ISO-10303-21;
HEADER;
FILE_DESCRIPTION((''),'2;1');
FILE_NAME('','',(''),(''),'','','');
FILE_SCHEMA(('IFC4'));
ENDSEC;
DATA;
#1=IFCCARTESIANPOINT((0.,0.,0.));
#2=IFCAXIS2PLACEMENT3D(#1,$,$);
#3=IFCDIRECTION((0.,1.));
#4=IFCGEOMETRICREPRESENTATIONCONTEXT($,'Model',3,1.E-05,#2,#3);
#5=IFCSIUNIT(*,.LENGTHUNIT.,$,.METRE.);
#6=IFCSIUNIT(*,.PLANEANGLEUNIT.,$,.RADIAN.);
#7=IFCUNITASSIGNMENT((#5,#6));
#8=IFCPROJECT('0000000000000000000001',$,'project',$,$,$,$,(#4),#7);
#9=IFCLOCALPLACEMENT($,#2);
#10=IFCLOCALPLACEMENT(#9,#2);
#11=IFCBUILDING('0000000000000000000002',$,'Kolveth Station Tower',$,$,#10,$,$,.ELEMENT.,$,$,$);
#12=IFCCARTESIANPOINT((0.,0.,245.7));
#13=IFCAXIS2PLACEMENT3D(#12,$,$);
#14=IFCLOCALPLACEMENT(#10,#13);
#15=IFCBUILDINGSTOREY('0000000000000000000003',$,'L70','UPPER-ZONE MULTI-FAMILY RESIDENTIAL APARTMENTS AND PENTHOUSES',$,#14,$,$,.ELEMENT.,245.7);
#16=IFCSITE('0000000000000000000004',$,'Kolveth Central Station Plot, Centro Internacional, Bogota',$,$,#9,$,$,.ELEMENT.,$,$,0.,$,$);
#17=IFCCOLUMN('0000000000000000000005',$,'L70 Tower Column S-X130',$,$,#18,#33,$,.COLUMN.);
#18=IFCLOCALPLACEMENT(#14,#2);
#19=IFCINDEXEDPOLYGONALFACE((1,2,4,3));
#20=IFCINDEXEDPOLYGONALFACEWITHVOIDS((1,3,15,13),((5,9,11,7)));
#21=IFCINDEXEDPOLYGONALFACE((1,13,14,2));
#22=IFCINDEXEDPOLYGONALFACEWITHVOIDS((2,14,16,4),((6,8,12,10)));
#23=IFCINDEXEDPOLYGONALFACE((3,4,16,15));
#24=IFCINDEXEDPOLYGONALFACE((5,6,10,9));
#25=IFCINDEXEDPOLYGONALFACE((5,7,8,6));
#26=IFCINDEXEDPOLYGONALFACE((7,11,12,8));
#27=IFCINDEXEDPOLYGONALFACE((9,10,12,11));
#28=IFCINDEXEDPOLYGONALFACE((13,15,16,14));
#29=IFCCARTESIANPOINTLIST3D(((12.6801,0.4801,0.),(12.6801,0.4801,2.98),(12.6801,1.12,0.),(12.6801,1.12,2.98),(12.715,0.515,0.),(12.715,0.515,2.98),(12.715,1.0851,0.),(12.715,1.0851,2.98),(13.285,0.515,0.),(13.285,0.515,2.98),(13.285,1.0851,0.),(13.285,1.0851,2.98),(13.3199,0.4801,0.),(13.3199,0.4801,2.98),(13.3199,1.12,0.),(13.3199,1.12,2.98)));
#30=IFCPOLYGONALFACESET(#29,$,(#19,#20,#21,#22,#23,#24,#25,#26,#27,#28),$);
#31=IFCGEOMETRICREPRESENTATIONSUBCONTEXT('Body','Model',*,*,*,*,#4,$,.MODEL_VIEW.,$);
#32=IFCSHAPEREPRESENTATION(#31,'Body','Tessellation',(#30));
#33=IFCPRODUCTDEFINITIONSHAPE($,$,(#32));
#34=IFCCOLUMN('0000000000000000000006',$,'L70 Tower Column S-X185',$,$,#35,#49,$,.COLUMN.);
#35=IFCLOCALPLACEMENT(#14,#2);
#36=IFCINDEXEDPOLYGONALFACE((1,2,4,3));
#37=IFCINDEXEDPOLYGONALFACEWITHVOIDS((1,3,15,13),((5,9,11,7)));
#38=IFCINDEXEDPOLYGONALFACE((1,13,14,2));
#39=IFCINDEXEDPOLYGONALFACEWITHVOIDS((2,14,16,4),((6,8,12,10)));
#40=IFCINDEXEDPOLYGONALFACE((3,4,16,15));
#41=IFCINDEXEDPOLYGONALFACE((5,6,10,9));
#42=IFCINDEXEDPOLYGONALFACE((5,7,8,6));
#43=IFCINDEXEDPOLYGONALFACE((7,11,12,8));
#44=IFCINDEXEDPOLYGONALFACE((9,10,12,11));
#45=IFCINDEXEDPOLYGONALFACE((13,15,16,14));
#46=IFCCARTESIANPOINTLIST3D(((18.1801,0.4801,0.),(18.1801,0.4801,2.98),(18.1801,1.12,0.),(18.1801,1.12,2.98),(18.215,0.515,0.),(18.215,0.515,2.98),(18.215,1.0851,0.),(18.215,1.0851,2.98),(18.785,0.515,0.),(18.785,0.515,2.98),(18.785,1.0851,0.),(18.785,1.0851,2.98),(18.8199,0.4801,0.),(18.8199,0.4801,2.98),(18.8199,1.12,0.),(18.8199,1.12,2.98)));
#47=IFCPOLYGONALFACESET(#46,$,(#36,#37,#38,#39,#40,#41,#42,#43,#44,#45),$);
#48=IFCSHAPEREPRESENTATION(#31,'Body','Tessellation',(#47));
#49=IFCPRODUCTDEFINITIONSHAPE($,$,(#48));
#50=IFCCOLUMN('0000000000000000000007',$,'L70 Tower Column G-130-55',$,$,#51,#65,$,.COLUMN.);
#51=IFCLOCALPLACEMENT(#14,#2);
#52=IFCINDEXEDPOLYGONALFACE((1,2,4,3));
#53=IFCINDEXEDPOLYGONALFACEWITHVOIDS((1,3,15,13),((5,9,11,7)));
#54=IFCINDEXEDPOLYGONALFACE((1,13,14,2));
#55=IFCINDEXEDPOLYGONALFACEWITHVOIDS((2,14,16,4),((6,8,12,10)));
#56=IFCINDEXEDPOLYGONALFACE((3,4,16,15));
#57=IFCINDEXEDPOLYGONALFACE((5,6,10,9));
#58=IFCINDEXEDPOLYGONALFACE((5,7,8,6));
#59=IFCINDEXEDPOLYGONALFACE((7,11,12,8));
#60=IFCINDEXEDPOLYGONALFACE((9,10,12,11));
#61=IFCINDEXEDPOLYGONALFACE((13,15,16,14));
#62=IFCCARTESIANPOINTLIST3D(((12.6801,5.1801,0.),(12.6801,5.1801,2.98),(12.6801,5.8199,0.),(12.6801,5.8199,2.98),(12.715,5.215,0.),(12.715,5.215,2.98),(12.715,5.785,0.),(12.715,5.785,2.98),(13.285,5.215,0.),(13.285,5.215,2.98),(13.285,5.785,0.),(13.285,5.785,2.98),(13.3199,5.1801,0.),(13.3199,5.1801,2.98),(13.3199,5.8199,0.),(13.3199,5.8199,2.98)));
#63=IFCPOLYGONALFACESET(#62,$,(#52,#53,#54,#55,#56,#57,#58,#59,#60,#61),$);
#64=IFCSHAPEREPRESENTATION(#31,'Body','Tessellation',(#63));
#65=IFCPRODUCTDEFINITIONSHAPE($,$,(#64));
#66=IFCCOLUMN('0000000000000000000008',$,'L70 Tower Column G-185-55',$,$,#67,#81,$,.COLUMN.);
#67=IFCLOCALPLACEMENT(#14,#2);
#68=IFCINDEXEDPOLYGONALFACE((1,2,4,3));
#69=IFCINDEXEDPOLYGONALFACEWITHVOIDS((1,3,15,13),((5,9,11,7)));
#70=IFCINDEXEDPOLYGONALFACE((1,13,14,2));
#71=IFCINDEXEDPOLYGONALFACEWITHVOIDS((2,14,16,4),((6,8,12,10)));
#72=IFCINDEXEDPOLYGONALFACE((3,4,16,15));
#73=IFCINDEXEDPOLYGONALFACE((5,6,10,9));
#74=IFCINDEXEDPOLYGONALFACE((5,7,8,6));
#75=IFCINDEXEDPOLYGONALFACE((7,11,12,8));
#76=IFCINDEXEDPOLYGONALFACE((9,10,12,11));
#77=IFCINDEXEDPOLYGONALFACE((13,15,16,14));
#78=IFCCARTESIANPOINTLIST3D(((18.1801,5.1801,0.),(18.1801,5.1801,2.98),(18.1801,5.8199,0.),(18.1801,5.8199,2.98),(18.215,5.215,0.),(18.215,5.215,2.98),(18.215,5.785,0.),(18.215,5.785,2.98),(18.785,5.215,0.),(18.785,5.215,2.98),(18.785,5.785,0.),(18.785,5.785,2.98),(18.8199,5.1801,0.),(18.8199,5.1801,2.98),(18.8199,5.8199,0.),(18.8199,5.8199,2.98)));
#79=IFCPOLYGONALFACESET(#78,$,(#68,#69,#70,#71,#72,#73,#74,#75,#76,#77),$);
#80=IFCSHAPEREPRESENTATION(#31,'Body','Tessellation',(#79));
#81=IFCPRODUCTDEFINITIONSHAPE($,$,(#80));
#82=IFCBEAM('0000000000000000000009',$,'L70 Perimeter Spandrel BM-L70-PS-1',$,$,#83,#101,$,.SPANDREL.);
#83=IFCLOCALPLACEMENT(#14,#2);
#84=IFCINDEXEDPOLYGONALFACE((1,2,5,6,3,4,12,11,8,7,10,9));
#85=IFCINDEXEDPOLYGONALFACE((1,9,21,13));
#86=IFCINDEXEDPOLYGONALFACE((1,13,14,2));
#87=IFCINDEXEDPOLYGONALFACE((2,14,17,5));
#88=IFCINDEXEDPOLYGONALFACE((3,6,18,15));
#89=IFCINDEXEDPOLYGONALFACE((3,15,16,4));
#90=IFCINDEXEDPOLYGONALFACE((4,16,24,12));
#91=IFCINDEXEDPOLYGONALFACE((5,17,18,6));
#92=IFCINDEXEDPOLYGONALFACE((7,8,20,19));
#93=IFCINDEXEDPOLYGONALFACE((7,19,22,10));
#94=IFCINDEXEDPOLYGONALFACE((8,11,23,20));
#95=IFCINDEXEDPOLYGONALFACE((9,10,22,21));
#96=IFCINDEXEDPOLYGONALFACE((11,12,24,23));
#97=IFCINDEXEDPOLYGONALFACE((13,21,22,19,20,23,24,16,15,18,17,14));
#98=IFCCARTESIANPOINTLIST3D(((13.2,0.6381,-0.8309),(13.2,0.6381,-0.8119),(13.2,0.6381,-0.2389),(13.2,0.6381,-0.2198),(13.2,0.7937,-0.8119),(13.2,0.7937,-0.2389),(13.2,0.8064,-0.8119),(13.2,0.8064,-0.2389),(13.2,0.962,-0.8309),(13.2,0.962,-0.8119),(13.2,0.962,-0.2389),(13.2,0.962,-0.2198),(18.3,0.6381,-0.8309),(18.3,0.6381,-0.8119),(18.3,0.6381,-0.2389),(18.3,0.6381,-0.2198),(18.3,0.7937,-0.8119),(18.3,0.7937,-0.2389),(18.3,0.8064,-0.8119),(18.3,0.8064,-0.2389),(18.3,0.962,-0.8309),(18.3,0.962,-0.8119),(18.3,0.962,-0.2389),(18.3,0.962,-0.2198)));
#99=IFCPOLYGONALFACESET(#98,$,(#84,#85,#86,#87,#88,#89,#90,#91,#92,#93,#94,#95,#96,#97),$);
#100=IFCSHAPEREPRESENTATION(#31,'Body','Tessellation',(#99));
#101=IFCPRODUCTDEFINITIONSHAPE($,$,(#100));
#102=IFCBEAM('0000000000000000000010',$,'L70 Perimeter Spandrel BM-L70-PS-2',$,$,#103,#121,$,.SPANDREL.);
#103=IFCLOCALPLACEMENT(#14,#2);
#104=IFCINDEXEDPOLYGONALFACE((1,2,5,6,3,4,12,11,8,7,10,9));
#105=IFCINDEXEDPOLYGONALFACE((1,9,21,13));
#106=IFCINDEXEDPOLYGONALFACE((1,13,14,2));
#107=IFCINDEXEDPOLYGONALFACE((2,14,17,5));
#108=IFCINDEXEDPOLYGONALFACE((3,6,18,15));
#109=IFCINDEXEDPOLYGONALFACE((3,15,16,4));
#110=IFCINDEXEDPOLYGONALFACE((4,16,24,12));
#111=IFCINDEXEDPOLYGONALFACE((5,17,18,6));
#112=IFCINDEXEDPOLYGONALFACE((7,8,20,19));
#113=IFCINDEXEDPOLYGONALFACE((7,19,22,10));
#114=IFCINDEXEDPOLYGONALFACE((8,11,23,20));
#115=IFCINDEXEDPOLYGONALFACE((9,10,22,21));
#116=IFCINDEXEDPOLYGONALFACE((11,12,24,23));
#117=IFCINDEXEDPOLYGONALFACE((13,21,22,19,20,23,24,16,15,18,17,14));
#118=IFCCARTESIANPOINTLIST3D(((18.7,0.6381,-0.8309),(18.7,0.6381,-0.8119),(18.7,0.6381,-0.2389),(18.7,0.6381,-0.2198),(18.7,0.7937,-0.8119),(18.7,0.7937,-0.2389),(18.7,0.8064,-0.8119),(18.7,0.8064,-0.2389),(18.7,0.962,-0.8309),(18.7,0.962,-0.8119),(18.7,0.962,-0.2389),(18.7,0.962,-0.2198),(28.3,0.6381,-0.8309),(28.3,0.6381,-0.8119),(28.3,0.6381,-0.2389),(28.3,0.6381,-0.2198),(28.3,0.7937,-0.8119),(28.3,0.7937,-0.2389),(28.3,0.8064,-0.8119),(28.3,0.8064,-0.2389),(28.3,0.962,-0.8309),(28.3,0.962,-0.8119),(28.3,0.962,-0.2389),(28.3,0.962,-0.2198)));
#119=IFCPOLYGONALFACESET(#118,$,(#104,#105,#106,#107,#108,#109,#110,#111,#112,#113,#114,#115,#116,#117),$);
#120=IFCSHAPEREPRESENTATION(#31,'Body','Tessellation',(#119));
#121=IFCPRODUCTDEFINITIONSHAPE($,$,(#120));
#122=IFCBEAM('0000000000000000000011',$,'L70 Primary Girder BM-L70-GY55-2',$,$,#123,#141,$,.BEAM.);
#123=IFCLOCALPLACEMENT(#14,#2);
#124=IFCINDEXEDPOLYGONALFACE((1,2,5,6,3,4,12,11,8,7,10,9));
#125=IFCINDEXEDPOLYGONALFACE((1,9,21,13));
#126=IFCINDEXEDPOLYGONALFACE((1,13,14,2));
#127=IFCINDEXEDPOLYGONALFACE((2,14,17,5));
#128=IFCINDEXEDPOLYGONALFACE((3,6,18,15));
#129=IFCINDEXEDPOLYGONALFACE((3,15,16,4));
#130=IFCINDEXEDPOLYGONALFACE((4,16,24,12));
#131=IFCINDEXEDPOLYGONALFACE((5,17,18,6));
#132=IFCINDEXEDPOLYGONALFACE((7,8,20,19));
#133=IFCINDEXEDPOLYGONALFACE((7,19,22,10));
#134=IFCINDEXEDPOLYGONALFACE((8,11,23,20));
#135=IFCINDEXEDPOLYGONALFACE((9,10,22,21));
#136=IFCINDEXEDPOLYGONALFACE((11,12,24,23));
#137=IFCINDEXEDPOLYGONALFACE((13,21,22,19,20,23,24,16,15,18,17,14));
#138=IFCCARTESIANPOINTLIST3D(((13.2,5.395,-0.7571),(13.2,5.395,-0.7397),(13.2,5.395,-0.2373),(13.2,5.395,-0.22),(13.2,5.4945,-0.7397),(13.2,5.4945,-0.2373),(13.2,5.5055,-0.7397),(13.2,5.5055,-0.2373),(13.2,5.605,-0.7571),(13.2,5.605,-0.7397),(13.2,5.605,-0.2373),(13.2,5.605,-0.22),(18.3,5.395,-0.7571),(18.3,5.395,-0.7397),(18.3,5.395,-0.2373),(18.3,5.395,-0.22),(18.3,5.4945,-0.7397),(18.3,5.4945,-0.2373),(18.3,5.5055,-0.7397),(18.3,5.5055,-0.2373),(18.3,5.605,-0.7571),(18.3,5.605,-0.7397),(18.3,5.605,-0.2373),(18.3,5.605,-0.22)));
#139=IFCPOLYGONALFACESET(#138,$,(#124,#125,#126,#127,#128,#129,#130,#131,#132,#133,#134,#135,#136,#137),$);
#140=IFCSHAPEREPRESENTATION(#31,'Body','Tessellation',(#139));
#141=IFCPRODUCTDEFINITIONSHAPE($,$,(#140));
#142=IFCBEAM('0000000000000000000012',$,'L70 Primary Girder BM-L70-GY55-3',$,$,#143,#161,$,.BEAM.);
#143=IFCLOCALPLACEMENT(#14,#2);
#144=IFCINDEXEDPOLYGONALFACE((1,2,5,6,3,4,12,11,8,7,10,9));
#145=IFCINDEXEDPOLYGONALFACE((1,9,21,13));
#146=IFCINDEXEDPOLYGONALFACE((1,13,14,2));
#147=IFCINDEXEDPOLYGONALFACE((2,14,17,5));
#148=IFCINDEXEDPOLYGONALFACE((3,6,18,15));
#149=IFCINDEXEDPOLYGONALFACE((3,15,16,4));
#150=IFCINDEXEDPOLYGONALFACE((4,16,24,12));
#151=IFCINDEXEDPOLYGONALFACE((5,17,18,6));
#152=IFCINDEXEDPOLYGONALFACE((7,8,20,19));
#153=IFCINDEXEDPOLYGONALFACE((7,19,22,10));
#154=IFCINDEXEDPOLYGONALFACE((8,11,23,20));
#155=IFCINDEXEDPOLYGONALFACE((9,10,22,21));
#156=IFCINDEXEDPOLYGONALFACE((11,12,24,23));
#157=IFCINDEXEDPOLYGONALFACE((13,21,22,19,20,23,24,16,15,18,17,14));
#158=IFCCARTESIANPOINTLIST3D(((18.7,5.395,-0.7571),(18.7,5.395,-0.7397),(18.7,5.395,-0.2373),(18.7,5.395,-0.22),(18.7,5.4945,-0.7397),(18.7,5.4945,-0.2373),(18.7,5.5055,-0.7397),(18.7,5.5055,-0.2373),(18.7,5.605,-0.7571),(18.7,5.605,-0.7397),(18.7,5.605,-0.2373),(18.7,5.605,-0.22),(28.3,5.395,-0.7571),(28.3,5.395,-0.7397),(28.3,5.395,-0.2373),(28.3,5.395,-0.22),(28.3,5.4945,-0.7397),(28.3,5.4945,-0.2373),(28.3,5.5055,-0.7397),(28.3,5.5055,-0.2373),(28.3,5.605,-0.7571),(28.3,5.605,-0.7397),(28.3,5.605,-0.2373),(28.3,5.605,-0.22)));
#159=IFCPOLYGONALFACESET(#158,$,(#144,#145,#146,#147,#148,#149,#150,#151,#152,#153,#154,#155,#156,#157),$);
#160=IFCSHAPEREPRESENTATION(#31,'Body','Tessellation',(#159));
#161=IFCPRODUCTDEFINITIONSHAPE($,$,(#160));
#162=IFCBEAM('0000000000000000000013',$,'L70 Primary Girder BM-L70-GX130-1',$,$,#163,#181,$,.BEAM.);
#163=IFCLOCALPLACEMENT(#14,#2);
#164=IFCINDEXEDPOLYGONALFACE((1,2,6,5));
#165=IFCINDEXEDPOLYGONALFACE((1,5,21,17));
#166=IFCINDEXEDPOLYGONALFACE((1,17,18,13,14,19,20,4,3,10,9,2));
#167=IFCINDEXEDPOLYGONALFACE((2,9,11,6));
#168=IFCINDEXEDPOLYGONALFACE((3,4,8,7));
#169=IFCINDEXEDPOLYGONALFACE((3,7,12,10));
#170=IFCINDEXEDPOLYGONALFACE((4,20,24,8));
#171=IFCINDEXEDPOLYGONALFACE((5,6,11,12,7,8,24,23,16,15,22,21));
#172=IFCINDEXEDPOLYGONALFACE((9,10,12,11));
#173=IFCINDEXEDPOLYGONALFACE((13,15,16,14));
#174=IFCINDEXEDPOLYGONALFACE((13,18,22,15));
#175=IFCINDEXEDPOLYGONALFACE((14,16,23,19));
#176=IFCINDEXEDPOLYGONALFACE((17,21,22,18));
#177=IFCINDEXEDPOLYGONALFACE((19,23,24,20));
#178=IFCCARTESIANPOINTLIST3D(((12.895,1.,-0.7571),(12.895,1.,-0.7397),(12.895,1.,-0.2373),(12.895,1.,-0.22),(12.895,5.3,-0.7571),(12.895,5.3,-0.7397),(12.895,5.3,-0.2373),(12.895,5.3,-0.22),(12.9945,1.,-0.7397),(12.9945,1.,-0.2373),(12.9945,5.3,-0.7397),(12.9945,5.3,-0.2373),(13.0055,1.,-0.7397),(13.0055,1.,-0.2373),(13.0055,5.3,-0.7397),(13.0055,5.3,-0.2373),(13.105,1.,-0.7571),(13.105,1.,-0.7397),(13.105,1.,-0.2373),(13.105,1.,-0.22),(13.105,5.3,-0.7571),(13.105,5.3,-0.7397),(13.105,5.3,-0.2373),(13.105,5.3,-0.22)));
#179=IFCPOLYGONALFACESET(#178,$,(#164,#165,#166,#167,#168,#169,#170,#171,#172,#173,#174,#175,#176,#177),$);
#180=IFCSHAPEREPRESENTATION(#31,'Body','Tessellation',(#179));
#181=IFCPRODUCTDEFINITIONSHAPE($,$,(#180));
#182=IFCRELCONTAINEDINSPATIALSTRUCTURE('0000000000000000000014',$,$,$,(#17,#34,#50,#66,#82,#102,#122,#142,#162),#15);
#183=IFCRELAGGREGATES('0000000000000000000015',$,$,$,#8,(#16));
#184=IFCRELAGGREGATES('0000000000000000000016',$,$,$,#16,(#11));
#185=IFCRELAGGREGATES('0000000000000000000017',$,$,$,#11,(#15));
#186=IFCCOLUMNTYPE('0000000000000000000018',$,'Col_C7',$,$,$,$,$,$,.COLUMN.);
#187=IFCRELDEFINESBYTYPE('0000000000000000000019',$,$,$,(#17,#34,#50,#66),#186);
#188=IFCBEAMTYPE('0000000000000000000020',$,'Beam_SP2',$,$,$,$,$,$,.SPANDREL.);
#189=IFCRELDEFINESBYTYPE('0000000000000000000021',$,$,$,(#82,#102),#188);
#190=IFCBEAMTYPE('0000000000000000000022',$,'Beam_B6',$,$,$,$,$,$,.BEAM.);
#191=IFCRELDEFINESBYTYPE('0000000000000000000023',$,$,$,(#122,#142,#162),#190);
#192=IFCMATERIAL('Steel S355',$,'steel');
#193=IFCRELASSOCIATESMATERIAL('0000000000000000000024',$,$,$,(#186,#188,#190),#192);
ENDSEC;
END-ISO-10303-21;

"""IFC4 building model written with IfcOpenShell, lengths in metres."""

from ifc_helpers import new_model, si_unit, direction, frame, origin, origin_2d, place, context, subcontext, project, spatial, hollow_rectangle, i_section, extrude, source, transform, mapped, material, material_profile, profile_set, type_object, element, save


model = new_model("IFC4")

# Units and contexts
model_context = context("Model", 3, precision=1e-05, world=origin(), true_north=direction((0.0, 1.0)))
body_context = subcontext(model_context, "Body", "Model", "MODEL_VIEW")
ifc_project = project(units=[si_unit("LENGTHUNIT", "METRE"), si_unit("PLANEANGLEUNIT", "RADIAN")], contexts=[model_context])

# Site, building, storey
site_placement = place(None, origin())
site = spatial("IfcSite", under=ifc_project, at=site_placement, Name="Kolveth Central Station Plot, Centro Internacional, Bogota", CompositionType="ELEMENT", RefElevation=0.0)
building_placement = place(site_placement, origin())
building = spatial("IfcBuilding", under=site, at=building_placement, Name="Kolveth Station Tower", CompositionType="ELEMENT")
storey_placement = place(building_placement, frame((0.0, 0.0, 245.7)))
storey = spatial("IfcBuildingStorey", under=building, at=storey_placement, Name="L70", Description="UPPER-ZONE MULTI-FAMILY RESIDENTIAL APARTMENTS AND PENTHOUSES", CompositionType="ELEMENT", Elevation=245.7)

# Columns
ifc_material_1 = material(Name="Steel S355", Category="steel")
ifc_material_profile_1 = material_profile(ifc_material_1, hollow_rectangle(XDim=0.6399, YDim=0.6399, WallThickness=0.0349, at=origin_2d()), Name="BOX640x640x35")
ifc_profile_set_1 = profile_set([ifc_material_profile_1], Name="Steel S355")
column_type = type_object("IfcColumnType", Name="Col_C7", PredefinedType="COLUMN", material=ifc_profile_set_1)
shared_shape_1 = source(origin(), body_context, "Body", "SweptSolid", [
    extrude(hollow_rectangle(XDim=0.6399, YDim=0.6399, WallThickness=0.0349, at=origin_2d()), origin(), (0.0, 0.0, 1.0), 2.98),
])
for number, where, z_axis, x_axis, name in (
    (1, (13.0, 0.8, 0.0), (0.0, 0.0, 1.0), (1.0, 0.0, 0.0), "L70 Tower Column S-X130"),
    (2, (18.5, 0.8, 0.0), (0.0, 0.0, 1.0), (1.0, 0.0, 0.0), "L70 Tower Column S-X185"),
    (3, (13.0, 5.5, 0.0), (0.0, 0.0, 1.0), (1.0, 0.0, 0.0), "L70 Tower Column G-130-55"),
    (4, (18.5, 5.5, 0.0), (0.0, 0.0, 1.0), (1.0, 0.0, 0.0), "L70 Tower Column G-185-55"),
):
    element("IfcColumn", number, at=place(storey_placement, frame(where, z_axis=z_axis, x_axis=x_axis)), inside=storey, type_object=column_type, Name=name, PredefinedType="COLUMN", context=body_context, shape_type="MappedRepresentation", body=[
        mapped(shared_shape_1, transform((0.0, 0.0, 0.0), x_axis=(1.0, 0.0, 0.0), y_axis=(0.0, 1.0, 0.0), z_axis=(0.0, 0.0, 1.0), scale=1.0)),
    ])

# Beams
ifc_material_profile_2 = material_profile(ifc_material_1, i_section(OverallWidth=0.324, OverallDepth=0.6111, WebThickness=0.0127, FlangeThickness=0.019, at=origin_2d()), Name="W610x155")
ifc_profile_set_2 = profile_set([ifc_material_profile_2], Name="Steel S355")
beam_type_1 = type_object("IfcBeamType", Name="Beam_SP2", PredefinedType="SPANDREL", material=ifc_profile_set_2)
shared_shape_2 = source(origin(), body_context, "Body", "SweptSolid", [
    extrude(i_section(OverallWidth=0.324, OverallDepth=0.6111, WebThickness=0.0127, FlangeThickness=0.019, at=origin_2d()), origin(), (0.0, 0.0, 1.0), 5.1001),
])
beam_1_placement = place(storey_placement, frame((13.2, 0.8, -0.5254), z_axis=(1.0, 0.0, 0.0), x_axis=(0.0, 1.0, 0.0)))
element("IfcBeam", 5, at=beam_1_placement, inside=storey, type_object=beam_type_1, Name="L70 Perimeter Spandrel BM-L70-PS-1", PredefinedType="SPANDREL", context=body_context, shape_type="MappedRepresentation", body=[
    mapped(shared_shape_2, transform((0.0, 0.0, 0.0), x_axis=(1.0, 0.0, 0.0), y_axis=(0.0, 1.0, 0.0), z_axis=(0.0, 0.0, 1.0), scale=1.0)),
])
shared_shape_3 = source(origin(), body_context, "Body", "SweptSolid", [
    extrude(i_section(OverallWidth=0.324, OverallDepth=0.6111, WebThickness=0.0127, FlangeThickness=0.019, at=origin_2d()), origin(), (0.0, 0.0, 1.0), 9.6001),
])
beam_2_placement = place(storey_placement, frame((18.7, 0.8, -0.5254), z_axis=(1.0, 0.0, 0.0), x_axis=(0.0, 1.0, 0.0)))
element("IfcBeam", 6, at=beam_2_placement, inside=storey, type_object=beam_type_1, Name="L70 Perimeter Spandrel BM-L70-PS-2", PredefinedType="SPANDREL", context=body_context, shape_type="MappedRepresentation", body=[
    mapped(shared_shape_3, transform((0.0, 0.0, 0.0), x_axis=(1.0, 0.0, 0.0), y_axis=(0.0, 1.0, 0.0), z_axis=(0.0, 0.0, 1.0), scale=1.0)),
])
ifc_material_profile_3 = material_profile(ifc_material_1, i_section(OverallWidth=0.21, OverallDepth=0.5371, WebThickness=0.011, FlangeThickness=0.0173, at=origin_2d()), Name="W530x101")
ifc_profile_set_3 = profile_set([ifc_material_profile_3], Name="Steel S355")
beam_type_2 = type_object("IfcBeamType", Name="Beam_B6", PredefinedType="BEAM", material=ifc_profile_set_3)
shared_shape_4 = source(origin(), body_context, "Body", "SweptSolid", [
    extrude(i_section(OverallWidth=0.21, OverallDepth=0.5371, WebThickness=0.011, FlangeThickness=0.0173, at=origin_2d()), origin(), (0.0, 0.0, 1.0), 5.1001),
])
beam_3_placement = place(storey_placement, frame((13.2, 5.5, -0.4885), z_axis=(1.0, 0.0, 0.0), x_axis=(0.0, 1.0, 0.0)))
element("IfcBeam", 7, at=beam_3_placement, inside=storey, type_object=beam_type_2, Name="L70 Primary Girder BM-L70-GY55-2", PredefinedType="BEAM", context=body_context, shape_type="MappedRepresentation", body=[
    mapped(shared_shape_4, transform((0.0, 0.0, 0.0), x_axis=(1.0, 0.0, 0.0), y_axis=(0.0, 1.0, 0.0), z_axis=(0.0, 0.0, 1.0), scale=1.0)),
])
shared_shape_5 = source(origin(), body_context, "Body", "SweptSolid", [
    extrude(i_section(OverallWidth=0.21, OverallDepth=0.5371, WebThickness=0.011, FlangeThickness=0.0173, at=origin_2d()), origin(), (0.0, 0.0, 1.0), 9.6001),
])
beam_4_placement = place(storey_placement, frame((18.7, 5.5, -0.4885), z_axis=(1.0, 0.0, 0.0), x_axis=(0.0, 1.0, 0.0)))
element("IfcBeam", 8, at=beam_4_placement, inside=storey, type_object=beam_type_2, Name="L70 Primary Girder BM-L70-GY55-3", PredefinedType="BEAM", context=body_context, shape_type="MappedRepresentation", body=[
    mapped(shared_shape_5, transform((0.0, 0.0, 0.0), x_axis=(1.0, 0.0, 0.0), y_axis=(0.0, 1.0, 0.0), z_axis=(0.0, 0.0, 1.0), scale=1.0)),
])
shared_shape_6 = source(origin(), body_context, "Body", "SweptSolid", [
    extrude(i_section(OverallWidth=0.21, OverallDepth=0.5371, WebThickness=0.011, FlangeThickness=0.0173, at=origin_2d()), origin(), (0.0, 0.0, 1.0), 4.3),
])
for number, where, z_axis, x_axis, name in (
    (9, (13.0, 1.0, -0.4885), (0.0, 1.0, 0.0), (-1.0, 0.0, 0.0), "L70 Primary Girder BM-L70-GX130-1"),
):
    element("IfcBeam", number, at=place(storey_placement, frame(where, z_axis=z_axis, x_axis=x_axis)), inside=storey, type_object=beam_type_2, Name=name, PredefinedType="BEAM", context=body_context, shape_type="MappedRepresentation", body=[
        mapped(shared_shape_6, transform((0.0, 0.0, 0.0), x_axis=(1.0, 0.0, 0.0), y_axis=(0.0, 1.0, 0.0), z_axis=(0.0, 0.0, 1.0), scale=1.0)),
    ])

save(model, "model.ifc")
